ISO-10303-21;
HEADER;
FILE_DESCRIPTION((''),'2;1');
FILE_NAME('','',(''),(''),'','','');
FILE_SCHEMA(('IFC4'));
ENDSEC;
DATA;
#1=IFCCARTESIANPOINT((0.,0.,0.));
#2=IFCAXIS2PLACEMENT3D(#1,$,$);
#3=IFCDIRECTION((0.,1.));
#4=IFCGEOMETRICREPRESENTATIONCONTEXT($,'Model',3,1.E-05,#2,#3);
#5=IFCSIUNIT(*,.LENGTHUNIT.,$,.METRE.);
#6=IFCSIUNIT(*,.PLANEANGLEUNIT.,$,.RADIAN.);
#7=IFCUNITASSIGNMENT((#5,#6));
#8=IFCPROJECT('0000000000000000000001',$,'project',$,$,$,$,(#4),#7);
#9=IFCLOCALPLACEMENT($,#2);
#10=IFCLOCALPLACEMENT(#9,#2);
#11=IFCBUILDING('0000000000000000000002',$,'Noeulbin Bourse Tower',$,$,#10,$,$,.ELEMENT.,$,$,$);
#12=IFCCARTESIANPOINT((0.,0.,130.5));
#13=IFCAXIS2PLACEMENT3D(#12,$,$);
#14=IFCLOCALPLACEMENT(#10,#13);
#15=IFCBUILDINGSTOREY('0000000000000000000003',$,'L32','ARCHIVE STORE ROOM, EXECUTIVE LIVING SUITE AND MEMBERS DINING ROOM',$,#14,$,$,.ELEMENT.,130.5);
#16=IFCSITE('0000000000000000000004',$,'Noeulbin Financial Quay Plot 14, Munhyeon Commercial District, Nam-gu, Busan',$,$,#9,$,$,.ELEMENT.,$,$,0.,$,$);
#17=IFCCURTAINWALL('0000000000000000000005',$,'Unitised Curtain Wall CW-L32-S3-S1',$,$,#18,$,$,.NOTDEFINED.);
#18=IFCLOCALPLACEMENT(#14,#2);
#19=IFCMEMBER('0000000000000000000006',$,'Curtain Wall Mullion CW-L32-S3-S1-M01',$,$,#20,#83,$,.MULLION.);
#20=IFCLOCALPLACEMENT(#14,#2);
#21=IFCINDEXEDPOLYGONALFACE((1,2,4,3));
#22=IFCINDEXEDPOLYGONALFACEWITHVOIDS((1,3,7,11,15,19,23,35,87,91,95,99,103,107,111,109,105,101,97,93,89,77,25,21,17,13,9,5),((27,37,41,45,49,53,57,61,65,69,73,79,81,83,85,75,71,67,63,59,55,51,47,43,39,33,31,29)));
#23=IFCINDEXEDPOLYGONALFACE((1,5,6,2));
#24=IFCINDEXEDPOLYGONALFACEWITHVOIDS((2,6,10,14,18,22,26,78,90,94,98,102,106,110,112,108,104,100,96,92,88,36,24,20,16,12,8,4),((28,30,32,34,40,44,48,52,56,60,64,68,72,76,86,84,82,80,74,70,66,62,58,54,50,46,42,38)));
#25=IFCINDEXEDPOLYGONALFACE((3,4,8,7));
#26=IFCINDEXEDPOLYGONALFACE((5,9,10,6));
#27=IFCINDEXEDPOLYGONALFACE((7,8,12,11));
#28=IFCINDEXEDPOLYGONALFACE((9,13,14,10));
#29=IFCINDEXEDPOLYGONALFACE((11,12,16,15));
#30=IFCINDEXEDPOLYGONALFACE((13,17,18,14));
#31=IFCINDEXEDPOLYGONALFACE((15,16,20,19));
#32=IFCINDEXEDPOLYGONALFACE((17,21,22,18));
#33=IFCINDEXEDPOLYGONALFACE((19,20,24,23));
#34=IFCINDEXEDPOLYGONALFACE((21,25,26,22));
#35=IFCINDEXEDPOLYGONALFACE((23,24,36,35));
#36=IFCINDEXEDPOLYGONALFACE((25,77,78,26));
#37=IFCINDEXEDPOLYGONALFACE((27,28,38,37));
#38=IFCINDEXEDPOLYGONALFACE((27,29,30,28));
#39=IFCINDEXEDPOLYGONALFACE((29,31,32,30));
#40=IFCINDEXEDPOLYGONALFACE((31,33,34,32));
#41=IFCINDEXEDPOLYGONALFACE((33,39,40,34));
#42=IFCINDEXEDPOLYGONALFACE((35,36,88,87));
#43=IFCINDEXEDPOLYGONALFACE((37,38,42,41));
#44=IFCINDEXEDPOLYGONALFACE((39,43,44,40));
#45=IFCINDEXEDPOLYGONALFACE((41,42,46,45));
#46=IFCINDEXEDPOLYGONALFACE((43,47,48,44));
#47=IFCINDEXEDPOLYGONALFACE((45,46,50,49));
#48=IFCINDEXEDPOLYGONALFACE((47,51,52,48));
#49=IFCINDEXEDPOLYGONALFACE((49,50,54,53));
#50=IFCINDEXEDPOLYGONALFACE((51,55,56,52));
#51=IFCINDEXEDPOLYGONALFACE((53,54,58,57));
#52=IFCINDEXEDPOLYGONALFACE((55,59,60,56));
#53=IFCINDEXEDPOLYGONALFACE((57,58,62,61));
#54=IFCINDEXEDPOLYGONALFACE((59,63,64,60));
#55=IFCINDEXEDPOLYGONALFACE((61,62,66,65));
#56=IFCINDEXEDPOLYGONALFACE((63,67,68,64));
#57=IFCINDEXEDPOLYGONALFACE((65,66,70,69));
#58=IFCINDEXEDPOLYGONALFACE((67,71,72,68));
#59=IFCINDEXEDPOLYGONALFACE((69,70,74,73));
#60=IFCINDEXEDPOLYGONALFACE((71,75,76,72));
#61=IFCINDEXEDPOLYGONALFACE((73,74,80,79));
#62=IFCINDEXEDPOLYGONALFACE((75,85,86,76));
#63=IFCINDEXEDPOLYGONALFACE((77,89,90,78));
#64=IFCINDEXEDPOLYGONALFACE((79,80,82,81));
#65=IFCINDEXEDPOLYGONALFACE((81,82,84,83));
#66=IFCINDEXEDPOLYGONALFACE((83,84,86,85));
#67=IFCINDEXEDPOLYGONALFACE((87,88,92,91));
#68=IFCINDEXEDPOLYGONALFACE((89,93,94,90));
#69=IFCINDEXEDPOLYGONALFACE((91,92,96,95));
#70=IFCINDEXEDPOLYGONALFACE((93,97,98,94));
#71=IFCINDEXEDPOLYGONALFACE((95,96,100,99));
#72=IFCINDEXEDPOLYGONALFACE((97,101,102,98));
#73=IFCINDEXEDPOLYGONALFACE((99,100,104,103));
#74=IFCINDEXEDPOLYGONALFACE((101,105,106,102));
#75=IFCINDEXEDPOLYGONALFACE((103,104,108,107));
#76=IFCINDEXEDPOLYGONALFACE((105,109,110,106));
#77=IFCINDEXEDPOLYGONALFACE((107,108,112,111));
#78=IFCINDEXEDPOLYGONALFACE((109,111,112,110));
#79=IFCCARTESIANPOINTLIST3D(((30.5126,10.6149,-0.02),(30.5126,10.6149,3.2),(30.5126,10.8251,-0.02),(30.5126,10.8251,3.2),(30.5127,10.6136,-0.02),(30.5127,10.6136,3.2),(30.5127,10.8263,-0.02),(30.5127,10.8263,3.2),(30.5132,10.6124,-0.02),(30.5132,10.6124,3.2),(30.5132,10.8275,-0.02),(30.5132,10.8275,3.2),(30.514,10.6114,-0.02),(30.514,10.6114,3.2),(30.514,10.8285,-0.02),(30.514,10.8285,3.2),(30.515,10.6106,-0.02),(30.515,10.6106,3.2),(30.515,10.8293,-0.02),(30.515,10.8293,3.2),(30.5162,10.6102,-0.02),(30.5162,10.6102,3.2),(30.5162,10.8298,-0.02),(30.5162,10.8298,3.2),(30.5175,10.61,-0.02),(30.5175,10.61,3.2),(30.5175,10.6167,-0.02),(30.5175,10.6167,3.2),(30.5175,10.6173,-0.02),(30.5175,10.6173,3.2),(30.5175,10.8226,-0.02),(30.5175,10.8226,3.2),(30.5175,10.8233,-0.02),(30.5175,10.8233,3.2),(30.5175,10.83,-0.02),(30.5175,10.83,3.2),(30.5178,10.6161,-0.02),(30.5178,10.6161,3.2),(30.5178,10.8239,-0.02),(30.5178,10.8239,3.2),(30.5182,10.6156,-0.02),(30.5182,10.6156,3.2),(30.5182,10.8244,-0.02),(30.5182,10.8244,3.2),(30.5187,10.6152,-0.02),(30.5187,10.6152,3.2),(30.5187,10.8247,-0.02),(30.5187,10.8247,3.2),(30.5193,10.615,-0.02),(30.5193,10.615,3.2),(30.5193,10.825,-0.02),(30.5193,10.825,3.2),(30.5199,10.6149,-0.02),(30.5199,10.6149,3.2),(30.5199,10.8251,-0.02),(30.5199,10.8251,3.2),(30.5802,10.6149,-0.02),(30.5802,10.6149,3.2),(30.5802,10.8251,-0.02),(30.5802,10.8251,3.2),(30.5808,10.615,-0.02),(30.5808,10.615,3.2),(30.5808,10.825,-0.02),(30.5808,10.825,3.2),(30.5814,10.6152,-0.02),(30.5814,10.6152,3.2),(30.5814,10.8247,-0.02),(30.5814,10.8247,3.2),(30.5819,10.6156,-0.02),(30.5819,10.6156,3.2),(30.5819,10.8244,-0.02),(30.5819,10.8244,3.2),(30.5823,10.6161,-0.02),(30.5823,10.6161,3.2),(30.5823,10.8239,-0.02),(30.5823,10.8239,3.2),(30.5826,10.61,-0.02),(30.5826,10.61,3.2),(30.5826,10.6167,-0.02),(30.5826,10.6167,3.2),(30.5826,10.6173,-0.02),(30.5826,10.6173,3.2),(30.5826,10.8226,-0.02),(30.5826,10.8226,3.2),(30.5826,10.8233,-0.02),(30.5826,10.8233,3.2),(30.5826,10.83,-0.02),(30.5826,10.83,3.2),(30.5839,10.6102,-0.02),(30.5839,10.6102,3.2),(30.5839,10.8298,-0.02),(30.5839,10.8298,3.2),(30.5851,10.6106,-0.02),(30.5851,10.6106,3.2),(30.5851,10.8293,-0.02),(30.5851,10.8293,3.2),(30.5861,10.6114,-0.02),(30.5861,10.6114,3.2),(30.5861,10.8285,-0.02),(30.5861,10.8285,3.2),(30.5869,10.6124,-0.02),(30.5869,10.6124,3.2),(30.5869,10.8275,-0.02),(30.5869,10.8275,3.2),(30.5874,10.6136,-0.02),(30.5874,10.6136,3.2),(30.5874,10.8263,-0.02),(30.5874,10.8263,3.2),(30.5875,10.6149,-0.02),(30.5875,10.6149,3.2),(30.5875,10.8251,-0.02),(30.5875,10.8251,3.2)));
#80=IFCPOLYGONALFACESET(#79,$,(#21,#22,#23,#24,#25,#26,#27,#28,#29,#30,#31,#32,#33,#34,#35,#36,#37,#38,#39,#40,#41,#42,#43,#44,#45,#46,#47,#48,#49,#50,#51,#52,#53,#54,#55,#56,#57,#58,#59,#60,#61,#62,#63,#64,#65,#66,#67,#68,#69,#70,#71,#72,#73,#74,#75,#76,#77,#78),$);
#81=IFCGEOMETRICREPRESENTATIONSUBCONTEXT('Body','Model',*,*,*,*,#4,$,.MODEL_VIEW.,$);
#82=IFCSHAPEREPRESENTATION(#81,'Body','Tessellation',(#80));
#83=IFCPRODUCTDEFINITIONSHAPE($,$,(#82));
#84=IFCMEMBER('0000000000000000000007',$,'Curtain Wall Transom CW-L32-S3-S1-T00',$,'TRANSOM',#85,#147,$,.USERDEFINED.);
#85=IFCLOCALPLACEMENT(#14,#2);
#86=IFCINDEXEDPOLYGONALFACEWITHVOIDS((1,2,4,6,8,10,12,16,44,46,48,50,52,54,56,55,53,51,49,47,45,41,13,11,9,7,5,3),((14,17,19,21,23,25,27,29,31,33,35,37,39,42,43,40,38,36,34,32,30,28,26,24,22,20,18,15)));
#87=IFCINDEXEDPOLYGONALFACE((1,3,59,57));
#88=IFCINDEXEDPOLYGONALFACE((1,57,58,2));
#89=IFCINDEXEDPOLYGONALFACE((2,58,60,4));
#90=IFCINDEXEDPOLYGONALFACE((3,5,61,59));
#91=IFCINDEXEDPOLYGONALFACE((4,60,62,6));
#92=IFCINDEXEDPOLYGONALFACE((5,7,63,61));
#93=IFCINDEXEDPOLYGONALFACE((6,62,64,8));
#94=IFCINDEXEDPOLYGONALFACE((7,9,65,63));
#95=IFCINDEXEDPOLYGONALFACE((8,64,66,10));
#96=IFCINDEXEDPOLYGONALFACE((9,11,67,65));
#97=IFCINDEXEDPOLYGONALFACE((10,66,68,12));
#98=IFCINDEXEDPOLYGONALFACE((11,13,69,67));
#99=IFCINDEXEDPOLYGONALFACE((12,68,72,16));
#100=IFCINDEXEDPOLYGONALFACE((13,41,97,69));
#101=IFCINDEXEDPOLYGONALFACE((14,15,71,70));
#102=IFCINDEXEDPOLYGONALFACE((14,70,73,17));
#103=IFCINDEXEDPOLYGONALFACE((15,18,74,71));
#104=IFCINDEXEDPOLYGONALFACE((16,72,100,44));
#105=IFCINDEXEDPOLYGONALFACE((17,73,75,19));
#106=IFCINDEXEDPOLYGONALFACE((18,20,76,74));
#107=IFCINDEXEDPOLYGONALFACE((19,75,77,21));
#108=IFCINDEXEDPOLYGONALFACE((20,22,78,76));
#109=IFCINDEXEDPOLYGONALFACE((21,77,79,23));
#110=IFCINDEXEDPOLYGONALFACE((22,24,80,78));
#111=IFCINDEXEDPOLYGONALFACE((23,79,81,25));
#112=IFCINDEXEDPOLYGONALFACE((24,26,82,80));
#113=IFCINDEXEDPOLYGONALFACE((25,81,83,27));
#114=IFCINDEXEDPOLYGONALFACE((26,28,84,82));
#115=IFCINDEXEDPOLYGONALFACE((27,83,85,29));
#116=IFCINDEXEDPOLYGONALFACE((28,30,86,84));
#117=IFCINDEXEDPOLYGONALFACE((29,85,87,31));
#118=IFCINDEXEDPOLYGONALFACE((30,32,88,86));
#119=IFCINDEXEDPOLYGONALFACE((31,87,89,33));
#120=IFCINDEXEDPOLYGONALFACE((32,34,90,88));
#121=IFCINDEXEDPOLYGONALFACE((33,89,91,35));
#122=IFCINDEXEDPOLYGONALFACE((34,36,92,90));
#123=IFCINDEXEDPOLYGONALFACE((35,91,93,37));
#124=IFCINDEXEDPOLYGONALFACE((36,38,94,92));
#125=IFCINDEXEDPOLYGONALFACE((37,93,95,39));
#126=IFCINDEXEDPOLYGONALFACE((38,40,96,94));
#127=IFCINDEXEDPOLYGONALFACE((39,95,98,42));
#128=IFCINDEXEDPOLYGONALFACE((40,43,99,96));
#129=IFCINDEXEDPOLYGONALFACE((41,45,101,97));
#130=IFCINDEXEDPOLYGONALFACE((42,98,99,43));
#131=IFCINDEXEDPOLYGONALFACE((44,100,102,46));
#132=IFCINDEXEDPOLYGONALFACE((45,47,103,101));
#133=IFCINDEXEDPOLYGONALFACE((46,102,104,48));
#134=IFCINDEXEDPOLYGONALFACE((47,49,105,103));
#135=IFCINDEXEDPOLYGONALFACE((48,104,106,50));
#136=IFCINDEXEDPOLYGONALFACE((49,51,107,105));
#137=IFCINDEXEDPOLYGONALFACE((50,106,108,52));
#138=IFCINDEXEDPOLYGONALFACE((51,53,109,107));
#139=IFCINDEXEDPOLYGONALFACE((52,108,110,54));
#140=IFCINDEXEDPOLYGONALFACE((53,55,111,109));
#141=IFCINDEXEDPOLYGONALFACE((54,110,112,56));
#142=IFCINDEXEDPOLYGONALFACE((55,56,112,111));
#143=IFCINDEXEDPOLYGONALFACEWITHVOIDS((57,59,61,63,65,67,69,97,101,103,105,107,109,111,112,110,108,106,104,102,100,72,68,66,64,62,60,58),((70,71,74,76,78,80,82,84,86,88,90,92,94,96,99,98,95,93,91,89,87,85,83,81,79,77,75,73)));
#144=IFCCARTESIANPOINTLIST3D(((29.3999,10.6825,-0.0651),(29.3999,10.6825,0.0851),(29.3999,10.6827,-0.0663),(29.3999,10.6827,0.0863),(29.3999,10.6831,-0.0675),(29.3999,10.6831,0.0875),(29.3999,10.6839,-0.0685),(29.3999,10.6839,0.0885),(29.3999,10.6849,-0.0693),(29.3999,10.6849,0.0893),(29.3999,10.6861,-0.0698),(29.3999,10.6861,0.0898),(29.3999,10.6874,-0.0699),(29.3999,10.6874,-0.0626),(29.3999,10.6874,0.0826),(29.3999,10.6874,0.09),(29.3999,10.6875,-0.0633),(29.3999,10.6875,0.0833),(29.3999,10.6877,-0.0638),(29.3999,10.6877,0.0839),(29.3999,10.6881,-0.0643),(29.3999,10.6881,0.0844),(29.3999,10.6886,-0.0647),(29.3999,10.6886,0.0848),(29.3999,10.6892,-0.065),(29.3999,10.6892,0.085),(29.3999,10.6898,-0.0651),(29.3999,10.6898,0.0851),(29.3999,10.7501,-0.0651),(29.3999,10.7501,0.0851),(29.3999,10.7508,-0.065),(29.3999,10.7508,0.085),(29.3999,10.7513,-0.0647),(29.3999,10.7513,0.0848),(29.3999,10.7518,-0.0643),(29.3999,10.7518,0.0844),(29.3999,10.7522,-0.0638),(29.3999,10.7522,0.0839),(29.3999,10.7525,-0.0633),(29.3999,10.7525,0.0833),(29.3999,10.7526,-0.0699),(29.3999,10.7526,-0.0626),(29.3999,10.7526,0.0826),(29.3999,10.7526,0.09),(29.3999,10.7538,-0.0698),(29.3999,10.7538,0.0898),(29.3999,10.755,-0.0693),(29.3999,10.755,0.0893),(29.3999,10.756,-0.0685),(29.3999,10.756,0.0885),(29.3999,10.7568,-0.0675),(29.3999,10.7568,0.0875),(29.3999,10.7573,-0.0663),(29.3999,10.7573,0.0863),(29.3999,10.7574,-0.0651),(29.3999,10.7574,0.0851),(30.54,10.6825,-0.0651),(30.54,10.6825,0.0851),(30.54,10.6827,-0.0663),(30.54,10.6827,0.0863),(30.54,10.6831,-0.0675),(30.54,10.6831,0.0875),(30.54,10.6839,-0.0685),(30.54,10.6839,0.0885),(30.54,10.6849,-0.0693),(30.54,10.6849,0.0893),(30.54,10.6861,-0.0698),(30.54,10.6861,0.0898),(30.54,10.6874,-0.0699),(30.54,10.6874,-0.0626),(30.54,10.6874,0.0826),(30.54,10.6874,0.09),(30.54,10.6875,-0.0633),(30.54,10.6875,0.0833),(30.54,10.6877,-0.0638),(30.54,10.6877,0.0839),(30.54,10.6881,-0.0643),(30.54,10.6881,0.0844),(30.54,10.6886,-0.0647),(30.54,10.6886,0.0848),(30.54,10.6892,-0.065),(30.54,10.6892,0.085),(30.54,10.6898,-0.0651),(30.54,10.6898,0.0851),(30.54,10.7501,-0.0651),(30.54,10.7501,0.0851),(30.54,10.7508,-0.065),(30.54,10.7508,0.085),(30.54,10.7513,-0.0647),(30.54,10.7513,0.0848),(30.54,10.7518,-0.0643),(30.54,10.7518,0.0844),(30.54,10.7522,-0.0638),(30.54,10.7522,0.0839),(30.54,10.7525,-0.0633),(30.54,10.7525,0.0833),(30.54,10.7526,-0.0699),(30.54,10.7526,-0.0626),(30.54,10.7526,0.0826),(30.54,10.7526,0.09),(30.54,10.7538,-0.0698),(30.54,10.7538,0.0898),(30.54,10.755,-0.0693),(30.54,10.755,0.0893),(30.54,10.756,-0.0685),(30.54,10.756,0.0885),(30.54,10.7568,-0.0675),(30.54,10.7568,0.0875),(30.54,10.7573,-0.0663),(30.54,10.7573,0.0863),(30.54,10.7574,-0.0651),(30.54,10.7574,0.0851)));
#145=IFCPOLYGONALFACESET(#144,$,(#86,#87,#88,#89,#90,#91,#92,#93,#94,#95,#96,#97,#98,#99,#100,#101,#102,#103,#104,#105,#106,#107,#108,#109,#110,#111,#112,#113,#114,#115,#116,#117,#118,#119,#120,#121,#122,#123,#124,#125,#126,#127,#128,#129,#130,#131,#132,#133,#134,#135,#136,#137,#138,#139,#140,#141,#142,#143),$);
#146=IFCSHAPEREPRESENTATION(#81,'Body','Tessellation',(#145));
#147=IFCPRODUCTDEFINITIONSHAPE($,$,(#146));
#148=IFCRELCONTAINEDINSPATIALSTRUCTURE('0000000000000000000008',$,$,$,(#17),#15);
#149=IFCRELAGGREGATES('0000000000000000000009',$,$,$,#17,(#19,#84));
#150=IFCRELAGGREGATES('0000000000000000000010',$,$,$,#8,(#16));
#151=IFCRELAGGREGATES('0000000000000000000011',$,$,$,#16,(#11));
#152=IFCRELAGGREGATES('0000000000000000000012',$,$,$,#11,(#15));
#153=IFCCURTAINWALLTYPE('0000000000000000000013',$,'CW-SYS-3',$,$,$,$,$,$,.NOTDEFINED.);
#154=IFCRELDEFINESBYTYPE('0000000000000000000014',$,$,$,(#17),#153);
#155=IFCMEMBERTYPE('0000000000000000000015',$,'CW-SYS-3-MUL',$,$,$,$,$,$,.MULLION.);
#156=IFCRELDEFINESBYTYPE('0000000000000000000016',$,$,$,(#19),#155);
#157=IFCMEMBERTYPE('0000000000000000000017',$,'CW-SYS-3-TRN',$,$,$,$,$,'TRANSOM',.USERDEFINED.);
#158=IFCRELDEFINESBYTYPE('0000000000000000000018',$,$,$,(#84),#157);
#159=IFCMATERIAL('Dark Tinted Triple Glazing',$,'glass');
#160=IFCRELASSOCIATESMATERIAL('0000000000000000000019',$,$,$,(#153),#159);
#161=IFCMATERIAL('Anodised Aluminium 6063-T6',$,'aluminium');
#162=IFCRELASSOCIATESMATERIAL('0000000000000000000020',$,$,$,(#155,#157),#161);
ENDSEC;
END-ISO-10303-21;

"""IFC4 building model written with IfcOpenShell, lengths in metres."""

from ifc_helpers import new_model, si_unit, direction, frame, origin, origin_2d, place, context, subcontext, project, spatial, hollow_rectangle, extrude, material, material_profile, profile_set, type_object, element, aggregate, save


model = new_model("IFC4")

# Units and contexts
model_context = context("Model", 3, precision=1e-05, world=origin(), true_north=direction((0.0, 1.0)))
body_context = subcontext(model_context, "Body", "Model", "MODEL_VIEW")
ifc_project = project(units=[si_unit("LENGTHUNIT", "METRE"), si_unit("PLANEANGLEUNIT", "RADIAN")], contexts=[model_context])

# Site, building, storey
site_placement = place(None, origin())
site = spatial("IfcSite", under=ifc_project, at=site_placement, Name="Noeulbin Financial Quay Plot 14, Munhyeon Commercial District, Nam-gu, Busan", CompositionType="ELEMENT", RefElevation=0.0)
building_placement = place(site_placement, origin())
building = spatial("IfcBuilding", under=site, at=building_placement, Name="Noeulbin Bourse Tower", CompositionType="ELEMENT")
storey_placement = place(building_placement, frame((0.0, 0.0, 130.5)))
storey = spatial("IfcBuildingStorey", under=building, at=storey_placement, Name="L32", Description="ARCHIVE STORE ROOM, EXECUTIVE LIVING SUITE AND MEMBERS DINING ROOM", CompositionType="ELEMENT", Elevation=130.5)

# Shared definitions
ifc_material_1 = material(Name="Dark Tinted Triple Glazing", Category="glass")
curtain_wall_type = type_object("IfcCurtainWallType", Name="CW-SYS-3", PredefinedType="NOTDEFINED", material=ifc_material_1)
ifc_material_2 = material(Name="Anodised Aluminium 6063-T6", Category="aluminium")
ifc_material_profile_1 = material_profile(ifc_material_2, hollow_rectangle(XDim=0.075, YDim=0.22, WallThickness=0.0049, InnerFilletRadius=0.0024, OuterFilletRadius=0.0049, at=origin_2d()), Name="ALU-MULL-75x220x5", Category="LoadBearing")
ifc_profile_set_1 = profile_set([ifc_material_profile_1], Name="Anodised Aluminium 6063-T6")
member_type_1 = type_object("IfcMemberType", Name="CW-SYS-3-MUL", PredefinedType="MULLION", material=ifc_profile_set_1)

# Curtain wall, members
curtain_wall_1_placement = place(storey_placement, origin())
curtain_wall_1 = element("IfcCurtainWall", 1, at=curtain_wall_1_placement, inside=storey, type_object=curtain_wall_type, Name="Unitised Curtain Wall CW-L32-S3-S1", PredefinedType="NOTDEFINED")
member_1_placement = place(storey_placement, frame((30.55, 10.72, -0.02), z_axis=(0.0, 0.0, 1.0), x_axis=(1.0, 0.0, 0.0)))
member_1 = element("IfcMember", 2, at=member_1_placement, type_object=member_type_1, Name="Curtain Wall Mullion CW-L32-S3-S1-M01", PredefinedType="MULLION", context=body_context, shape_type="SweptSolid", body=[
    extrude(hollow_rectangle(XDim=0.075, YDim=0.22, WallThickness=0.0049, InnerFilletRadius=0.0024, OuterFilletRadius=0.0049, at=origin_2d()), origin(), (0.0, 0.0, 1.0), 3.22),
])
ifc_material_profile_2 = material_profile(ifc_material_2, hollow_rectangle(XDim=0.075, YDim=0.1599, WallThickness=0.0049, InnerFilletRadius=0.0024, OuterFilletRadius=0.0049, at=origin_2d()), Name="ALU-TRAN-75x160x5", Category="LoadBearing")
ifc_profile_set_2 = profile_set([ifc_material_profile_2], Name="Anodised Aluminium 6063-T6")
member_type_2 = type_object("IfcMemberType", Name="CW-SYS-3-TRN", ElementType="TRANSOM", PredefinedType="USERDEFINED", material=ifc_profile_set_2)
member_2_placement = place(storey_placement, frame((29.3999, 10.72, 0.01), z_axis=(1.0, 0.0, 0.0), x_axis=(0.0, 1.0, 0.0)))
member_2 = element("IfcMember", 3, at=member_2_placement, type_object=member_type_2, Name="Curtain Wall Transom CW-L32-S3-S1-T00", ObjectType="TRANSOM", PredefinedType="USERDEFINED", context=body_context, shape_type="SweptSolid", body=[
    extrude(hollow_rectangle(XDim=0.075, YDim=0.1599, WallThickness=0.0049, InnerFilletRadius=0.0024, OuterFilletRadius=0.0049, at=origin_2d()), origin(), (0.0, 0.0, 1.0), 1.1401),
])

aggregate(curtain_wall_1, [member_1, member_2])

save(model, "model.ifc")
